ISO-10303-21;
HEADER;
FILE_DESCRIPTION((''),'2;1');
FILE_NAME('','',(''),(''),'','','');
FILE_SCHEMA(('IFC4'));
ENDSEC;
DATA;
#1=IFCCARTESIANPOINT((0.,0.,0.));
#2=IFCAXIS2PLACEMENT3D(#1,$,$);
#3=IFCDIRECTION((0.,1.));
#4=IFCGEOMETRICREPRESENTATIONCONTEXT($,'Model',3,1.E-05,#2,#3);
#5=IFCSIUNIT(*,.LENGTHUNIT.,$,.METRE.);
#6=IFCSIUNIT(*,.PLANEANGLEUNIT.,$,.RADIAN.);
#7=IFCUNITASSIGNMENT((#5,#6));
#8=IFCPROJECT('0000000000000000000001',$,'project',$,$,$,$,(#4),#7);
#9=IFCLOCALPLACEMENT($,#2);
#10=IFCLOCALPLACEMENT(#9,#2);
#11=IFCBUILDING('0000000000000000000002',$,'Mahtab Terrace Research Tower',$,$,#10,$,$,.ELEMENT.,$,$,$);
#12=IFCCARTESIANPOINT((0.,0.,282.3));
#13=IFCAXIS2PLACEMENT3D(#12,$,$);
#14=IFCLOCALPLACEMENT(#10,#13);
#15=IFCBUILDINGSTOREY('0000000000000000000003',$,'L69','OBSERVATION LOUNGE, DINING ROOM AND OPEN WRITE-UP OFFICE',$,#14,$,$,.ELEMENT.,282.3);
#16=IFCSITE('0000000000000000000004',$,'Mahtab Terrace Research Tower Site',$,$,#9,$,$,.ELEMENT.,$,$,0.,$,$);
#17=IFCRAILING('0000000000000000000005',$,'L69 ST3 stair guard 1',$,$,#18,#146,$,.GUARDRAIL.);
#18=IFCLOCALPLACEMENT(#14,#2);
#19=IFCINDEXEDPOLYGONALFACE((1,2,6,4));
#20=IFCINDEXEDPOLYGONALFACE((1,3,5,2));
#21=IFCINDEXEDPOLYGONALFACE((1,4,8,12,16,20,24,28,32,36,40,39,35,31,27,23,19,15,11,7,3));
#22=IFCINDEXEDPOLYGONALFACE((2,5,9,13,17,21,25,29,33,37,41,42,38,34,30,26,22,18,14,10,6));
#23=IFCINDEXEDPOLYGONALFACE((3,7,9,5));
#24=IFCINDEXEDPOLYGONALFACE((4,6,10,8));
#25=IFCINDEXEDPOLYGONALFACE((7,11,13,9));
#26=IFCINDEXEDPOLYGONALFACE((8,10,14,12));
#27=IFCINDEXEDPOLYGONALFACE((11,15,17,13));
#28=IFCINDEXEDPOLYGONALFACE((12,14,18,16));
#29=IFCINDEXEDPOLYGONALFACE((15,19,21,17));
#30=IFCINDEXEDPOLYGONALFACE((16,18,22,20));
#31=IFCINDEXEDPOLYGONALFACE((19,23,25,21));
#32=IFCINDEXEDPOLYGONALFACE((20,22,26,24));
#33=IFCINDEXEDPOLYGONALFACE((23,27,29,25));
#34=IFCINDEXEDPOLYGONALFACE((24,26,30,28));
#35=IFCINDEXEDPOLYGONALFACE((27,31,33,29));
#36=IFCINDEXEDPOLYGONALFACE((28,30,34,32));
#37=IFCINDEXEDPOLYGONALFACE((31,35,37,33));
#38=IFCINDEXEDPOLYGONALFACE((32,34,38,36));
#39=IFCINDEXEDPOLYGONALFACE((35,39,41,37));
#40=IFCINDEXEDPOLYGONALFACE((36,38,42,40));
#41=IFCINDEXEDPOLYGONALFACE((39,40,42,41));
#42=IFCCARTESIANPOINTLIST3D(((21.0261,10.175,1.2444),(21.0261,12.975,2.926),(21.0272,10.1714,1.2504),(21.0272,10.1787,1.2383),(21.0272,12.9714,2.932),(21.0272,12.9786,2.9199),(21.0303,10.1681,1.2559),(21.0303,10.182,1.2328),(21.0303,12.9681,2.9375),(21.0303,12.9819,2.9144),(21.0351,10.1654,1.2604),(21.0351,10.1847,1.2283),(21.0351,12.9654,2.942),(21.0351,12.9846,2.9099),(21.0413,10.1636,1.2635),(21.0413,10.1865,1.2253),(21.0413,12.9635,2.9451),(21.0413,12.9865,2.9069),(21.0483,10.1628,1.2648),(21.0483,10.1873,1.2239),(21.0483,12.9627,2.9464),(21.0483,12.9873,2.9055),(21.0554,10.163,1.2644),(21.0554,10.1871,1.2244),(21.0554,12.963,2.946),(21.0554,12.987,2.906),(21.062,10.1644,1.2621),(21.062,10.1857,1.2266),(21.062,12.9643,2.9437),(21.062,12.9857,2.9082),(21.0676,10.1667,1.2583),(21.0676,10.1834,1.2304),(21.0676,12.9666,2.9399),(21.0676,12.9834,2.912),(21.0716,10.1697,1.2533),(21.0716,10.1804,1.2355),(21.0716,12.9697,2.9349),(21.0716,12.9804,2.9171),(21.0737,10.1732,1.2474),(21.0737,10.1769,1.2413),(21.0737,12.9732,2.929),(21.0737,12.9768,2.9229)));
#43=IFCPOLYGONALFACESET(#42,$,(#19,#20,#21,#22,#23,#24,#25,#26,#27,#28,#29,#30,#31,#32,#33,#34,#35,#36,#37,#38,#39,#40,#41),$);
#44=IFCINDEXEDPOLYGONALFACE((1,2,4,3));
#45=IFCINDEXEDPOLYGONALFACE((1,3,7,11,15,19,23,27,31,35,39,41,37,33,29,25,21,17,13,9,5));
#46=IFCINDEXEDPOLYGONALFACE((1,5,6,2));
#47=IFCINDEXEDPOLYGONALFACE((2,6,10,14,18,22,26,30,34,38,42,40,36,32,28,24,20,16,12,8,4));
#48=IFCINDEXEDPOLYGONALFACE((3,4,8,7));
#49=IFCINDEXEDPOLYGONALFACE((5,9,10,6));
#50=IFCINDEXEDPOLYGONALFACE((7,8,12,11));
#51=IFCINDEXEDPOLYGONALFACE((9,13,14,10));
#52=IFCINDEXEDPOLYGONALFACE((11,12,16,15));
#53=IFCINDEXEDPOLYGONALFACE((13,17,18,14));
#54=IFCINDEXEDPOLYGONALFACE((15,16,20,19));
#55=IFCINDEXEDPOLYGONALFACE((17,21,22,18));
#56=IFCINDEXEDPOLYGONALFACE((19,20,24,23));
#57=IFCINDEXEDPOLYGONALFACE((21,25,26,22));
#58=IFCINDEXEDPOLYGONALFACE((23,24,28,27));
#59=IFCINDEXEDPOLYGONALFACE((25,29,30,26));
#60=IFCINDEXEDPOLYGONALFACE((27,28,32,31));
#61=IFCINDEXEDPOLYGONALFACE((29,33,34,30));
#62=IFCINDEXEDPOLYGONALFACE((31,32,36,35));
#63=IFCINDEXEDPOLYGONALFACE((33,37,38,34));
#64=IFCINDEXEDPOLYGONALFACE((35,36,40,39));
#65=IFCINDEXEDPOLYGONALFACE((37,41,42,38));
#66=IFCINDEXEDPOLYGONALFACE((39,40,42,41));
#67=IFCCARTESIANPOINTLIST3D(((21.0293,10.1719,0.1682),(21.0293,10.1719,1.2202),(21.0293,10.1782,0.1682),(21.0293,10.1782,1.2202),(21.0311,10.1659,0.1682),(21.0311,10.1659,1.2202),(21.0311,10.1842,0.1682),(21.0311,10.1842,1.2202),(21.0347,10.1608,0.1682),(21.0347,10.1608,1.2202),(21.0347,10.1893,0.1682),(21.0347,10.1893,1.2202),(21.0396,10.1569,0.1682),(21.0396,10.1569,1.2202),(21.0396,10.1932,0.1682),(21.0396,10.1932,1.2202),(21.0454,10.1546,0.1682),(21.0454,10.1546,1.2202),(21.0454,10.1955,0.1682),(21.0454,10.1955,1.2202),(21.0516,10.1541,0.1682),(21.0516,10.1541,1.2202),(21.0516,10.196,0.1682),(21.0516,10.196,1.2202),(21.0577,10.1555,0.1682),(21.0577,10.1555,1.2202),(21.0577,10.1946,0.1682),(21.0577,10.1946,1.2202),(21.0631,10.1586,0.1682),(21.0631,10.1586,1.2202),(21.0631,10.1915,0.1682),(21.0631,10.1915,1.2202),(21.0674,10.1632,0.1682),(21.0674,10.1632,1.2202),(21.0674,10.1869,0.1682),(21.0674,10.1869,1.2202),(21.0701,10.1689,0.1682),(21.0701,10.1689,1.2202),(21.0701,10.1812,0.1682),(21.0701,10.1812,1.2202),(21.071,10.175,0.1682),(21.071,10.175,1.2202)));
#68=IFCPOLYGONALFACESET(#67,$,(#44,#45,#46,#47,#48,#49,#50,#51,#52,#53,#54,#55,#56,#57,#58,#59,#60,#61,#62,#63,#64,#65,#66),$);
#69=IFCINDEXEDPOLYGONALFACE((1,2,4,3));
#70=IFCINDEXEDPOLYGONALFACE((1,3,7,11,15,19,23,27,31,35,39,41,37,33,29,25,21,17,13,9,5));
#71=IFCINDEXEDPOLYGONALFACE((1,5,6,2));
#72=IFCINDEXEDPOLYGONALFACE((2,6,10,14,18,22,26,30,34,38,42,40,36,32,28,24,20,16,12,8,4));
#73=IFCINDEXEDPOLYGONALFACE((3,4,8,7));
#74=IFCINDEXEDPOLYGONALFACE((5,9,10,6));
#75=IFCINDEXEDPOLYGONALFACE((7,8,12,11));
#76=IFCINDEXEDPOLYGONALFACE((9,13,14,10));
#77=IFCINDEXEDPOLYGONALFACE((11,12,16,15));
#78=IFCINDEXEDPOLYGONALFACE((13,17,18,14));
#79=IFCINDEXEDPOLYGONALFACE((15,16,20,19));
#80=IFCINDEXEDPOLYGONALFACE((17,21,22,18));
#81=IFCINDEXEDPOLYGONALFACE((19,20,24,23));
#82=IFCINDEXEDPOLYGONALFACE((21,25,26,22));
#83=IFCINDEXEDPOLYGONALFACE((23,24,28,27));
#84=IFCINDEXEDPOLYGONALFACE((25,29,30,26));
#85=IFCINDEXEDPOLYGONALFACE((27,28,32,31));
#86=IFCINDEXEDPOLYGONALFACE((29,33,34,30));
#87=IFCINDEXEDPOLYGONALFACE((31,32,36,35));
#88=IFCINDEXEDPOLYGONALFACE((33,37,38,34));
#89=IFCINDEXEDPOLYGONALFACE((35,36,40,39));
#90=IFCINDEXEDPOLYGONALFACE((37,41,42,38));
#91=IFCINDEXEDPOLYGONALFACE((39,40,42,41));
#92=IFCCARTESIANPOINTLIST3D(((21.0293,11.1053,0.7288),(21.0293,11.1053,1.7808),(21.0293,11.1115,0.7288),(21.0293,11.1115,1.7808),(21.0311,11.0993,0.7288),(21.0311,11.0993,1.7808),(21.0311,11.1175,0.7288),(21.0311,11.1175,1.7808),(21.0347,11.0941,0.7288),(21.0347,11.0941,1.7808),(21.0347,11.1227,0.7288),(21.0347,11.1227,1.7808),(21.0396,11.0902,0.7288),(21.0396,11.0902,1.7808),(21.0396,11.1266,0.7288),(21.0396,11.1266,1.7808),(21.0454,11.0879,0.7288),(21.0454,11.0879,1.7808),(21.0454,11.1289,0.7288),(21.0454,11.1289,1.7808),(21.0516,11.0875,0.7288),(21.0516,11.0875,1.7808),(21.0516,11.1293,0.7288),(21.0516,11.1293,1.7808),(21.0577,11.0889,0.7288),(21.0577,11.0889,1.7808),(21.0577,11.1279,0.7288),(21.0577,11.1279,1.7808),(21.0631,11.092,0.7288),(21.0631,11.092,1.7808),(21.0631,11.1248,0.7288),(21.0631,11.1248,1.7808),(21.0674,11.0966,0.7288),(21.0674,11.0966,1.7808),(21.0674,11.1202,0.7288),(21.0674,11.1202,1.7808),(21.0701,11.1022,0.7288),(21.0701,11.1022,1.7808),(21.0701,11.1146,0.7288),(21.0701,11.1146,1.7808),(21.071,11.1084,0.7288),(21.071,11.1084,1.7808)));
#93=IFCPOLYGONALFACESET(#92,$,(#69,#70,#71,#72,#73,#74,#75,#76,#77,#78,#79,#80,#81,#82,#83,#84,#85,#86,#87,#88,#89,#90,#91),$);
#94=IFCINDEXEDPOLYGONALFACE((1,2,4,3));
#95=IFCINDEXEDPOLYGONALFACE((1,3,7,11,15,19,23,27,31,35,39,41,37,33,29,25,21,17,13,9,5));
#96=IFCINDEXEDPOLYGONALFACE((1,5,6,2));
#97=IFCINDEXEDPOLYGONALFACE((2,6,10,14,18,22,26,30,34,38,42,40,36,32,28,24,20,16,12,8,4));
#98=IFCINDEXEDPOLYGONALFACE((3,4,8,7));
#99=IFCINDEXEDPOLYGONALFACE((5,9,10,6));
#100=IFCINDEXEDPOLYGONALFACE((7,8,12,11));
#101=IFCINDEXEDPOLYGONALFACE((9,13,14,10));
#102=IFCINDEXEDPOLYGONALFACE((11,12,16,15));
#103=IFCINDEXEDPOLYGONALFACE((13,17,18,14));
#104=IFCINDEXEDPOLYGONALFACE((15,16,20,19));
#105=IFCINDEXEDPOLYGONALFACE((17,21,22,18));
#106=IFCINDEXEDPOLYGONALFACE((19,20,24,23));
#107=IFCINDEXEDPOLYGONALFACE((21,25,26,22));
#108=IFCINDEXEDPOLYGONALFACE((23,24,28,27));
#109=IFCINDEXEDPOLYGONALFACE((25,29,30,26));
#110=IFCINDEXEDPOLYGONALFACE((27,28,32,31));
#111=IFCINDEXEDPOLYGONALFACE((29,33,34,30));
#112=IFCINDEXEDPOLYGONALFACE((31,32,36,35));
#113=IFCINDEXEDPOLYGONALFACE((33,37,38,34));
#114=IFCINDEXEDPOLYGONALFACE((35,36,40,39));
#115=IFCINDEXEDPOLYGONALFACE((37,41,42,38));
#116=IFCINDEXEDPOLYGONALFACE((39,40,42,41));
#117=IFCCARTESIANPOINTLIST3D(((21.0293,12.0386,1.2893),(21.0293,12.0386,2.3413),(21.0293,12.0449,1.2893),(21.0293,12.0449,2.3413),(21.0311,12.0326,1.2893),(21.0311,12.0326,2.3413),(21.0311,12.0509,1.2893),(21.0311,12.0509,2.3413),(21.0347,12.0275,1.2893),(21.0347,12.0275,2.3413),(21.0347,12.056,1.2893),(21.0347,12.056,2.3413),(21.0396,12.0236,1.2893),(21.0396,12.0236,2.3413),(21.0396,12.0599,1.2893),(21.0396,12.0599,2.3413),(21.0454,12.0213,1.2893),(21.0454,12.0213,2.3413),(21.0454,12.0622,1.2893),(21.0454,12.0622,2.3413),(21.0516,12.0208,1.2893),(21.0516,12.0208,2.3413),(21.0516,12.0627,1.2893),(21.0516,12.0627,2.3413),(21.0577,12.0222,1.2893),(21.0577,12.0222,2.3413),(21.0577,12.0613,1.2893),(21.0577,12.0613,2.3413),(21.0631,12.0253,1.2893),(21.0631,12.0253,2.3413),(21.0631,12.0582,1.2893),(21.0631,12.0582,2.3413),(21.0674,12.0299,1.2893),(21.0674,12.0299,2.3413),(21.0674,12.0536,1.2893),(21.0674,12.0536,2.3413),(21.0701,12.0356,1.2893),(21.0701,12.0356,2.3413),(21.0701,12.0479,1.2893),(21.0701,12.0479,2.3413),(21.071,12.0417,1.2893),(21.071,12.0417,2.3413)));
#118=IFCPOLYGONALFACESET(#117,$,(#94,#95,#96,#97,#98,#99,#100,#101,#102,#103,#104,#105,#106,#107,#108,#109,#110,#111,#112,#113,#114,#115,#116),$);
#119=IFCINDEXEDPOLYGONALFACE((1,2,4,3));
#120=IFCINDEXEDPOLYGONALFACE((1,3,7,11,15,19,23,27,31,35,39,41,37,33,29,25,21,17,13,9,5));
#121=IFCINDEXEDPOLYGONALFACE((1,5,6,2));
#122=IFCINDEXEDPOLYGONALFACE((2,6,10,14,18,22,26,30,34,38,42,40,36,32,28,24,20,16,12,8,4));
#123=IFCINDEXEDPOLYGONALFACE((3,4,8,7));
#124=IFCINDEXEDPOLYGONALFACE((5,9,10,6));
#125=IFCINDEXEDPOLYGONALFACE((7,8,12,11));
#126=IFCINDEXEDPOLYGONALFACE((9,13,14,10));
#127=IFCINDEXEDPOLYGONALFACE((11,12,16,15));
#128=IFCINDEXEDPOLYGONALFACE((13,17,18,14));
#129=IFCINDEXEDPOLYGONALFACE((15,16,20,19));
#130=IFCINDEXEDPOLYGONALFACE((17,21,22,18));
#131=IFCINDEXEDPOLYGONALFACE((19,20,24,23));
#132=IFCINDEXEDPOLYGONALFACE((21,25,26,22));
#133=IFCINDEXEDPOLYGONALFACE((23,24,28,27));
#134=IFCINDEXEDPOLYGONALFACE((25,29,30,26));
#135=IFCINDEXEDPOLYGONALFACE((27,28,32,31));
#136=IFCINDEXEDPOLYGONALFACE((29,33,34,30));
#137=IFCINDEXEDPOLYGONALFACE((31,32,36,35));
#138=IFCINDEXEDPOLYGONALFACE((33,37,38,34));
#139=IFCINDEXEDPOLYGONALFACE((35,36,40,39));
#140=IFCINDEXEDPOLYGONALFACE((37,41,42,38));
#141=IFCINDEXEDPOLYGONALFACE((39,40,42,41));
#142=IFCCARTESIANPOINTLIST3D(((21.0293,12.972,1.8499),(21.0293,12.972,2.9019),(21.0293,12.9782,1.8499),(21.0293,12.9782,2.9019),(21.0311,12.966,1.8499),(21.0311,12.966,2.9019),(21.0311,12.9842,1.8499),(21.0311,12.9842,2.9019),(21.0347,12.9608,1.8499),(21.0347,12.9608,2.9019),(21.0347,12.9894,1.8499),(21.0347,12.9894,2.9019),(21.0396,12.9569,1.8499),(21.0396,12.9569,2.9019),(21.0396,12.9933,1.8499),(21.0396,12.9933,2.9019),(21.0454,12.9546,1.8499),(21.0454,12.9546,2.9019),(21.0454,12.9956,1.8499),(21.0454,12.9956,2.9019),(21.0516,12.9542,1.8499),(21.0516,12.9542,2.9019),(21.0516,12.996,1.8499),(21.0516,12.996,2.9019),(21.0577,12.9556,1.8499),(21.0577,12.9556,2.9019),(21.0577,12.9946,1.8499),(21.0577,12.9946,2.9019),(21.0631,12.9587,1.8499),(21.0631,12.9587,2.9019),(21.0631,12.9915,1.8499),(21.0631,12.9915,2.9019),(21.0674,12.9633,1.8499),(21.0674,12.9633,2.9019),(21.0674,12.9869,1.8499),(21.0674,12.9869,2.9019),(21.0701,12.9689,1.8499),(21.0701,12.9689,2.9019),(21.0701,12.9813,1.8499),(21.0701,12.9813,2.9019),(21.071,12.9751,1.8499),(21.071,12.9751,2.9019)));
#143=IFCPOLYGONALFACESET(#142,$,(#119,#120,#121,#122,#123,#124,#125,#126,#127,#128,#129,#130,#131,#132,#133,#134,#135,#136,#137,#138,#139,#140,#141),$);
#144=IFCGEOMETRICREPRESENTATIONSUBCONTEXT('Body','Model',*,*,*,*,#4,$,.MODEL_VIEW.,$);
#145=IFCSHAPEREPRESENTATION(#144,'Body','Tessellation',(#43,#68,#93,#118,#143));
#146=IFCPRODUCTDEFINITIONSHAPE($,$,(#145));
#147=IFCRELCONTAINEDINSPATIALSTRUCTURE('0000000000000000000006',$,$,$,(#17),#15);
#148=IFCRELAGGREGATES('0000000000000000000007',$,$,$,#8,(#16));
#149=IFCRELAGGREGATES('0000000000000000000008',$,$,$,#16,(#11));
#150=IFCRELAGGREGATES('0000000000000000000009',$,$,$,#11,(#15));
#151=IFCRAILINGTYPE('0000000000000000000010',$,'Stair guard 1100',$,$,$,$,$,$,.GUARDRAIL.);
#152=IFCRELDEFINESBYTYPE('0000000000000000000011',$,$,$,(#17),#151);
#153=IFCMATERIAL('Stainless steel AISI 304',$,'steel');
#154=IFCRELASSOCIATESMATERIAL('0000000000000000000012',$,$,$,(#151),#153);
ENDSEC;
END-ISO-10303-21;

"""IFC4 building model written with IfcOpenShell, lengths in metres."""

from ifc_helpers import new_model, si_unit, direction, frame, origin, origin_2d, place, context, subcontext, project, spatial, circle, extrude, material, type_object, element, save


model = new_model("IFC4")

# Units and contexts
model_context = context("Model", 3, precision=1e-05, world=origin(), true_north=direction((0.0, 1.0)))
body_context = subcontext(model_context, "Body", "Model", "MODEL_VIEW")
ifc_project = project(units=[si_unit("LENGTHUNIT", "METRE"), si_unit("PLANEANGLEUNIT", "RADIAN")], contexts=[model_context])

# Site, building, storey
site_placement = place(None, origin())
site = spatial("IfcSite", under=ifc_project, at=site_placement, Name="Mahtab Terrace Research Tower Site", CompositionType="ELEMENT", RefElevation=0.0)
building_placement = place(site_placement, origin())
building = spatial("IfcBuilding", under=site, at=building_placement, Name="Mahtab Terrace Research Tower", CompositionType="ELEMENT")
storey_placement = place(building_placement, frame((0.0, 0.0, 282.3)))
storey = spatial("IfcBuildingStorey", under=building, at=storey_placement, Name="L69", Description="OBSERVATION LOUNGE, DINING ROOM AND OPEN WRITE-UP OFFICE", CompositionType="ELEMENT", Elevation=282.3)

# Railing
ifc_material_1 = material(Name="Stainless steel AISI 304", Category="steel")
railing_type_1 = type_object("IfcRailingType", Name="Stair guard 1100", PredefinedType="GUARDRAIL", material=ifc_material_1)
railing_1_placement = place(storey_placement, frame((21.05, 10.175, 0.1682)))
element("IfcRailing", 1, at=railing_1_placement, inside=storey, type_object=railing_type_1, Name="L69 ST3 stair guard 1", PredefinedType="GUARDRAIL", context=body_context, shape_type="SweptSolid", body=[
    extrude(circle(Radius=0.0239, at=origin_2d()), frame((0.0, 0.0, 1.0762), z_axis=(0.0, 0.857275, 0.514858), x_axis=(-1.0, 0.0, 0.0)), (0.0, 0.0, 1.0), 3.2661),
    extrude(circle(Radius=0.021, at=origin_2d()), origin(), (0.0, 0.0, 1.0), 1.052),
    extrude(circle(Radius=0.021, at=origin_2d()), frame((0.0, 0.9333, 0.5605)), (0.0, 0.0, 1.0), 1.052),
    extrude(circle(Radius=0.021, at=origin_2d()), frame((0.0, 1.8667, 1.1211)), (0.0, 0.0, 1.0), 1.052),
    extrude(circle(Radius=0.021, at=origin_2d()), frame((0.0, 2.8, 1.6816)), (0.0, 0.0, 1.0), 1.052),
])

save(model, "model.ifc")
